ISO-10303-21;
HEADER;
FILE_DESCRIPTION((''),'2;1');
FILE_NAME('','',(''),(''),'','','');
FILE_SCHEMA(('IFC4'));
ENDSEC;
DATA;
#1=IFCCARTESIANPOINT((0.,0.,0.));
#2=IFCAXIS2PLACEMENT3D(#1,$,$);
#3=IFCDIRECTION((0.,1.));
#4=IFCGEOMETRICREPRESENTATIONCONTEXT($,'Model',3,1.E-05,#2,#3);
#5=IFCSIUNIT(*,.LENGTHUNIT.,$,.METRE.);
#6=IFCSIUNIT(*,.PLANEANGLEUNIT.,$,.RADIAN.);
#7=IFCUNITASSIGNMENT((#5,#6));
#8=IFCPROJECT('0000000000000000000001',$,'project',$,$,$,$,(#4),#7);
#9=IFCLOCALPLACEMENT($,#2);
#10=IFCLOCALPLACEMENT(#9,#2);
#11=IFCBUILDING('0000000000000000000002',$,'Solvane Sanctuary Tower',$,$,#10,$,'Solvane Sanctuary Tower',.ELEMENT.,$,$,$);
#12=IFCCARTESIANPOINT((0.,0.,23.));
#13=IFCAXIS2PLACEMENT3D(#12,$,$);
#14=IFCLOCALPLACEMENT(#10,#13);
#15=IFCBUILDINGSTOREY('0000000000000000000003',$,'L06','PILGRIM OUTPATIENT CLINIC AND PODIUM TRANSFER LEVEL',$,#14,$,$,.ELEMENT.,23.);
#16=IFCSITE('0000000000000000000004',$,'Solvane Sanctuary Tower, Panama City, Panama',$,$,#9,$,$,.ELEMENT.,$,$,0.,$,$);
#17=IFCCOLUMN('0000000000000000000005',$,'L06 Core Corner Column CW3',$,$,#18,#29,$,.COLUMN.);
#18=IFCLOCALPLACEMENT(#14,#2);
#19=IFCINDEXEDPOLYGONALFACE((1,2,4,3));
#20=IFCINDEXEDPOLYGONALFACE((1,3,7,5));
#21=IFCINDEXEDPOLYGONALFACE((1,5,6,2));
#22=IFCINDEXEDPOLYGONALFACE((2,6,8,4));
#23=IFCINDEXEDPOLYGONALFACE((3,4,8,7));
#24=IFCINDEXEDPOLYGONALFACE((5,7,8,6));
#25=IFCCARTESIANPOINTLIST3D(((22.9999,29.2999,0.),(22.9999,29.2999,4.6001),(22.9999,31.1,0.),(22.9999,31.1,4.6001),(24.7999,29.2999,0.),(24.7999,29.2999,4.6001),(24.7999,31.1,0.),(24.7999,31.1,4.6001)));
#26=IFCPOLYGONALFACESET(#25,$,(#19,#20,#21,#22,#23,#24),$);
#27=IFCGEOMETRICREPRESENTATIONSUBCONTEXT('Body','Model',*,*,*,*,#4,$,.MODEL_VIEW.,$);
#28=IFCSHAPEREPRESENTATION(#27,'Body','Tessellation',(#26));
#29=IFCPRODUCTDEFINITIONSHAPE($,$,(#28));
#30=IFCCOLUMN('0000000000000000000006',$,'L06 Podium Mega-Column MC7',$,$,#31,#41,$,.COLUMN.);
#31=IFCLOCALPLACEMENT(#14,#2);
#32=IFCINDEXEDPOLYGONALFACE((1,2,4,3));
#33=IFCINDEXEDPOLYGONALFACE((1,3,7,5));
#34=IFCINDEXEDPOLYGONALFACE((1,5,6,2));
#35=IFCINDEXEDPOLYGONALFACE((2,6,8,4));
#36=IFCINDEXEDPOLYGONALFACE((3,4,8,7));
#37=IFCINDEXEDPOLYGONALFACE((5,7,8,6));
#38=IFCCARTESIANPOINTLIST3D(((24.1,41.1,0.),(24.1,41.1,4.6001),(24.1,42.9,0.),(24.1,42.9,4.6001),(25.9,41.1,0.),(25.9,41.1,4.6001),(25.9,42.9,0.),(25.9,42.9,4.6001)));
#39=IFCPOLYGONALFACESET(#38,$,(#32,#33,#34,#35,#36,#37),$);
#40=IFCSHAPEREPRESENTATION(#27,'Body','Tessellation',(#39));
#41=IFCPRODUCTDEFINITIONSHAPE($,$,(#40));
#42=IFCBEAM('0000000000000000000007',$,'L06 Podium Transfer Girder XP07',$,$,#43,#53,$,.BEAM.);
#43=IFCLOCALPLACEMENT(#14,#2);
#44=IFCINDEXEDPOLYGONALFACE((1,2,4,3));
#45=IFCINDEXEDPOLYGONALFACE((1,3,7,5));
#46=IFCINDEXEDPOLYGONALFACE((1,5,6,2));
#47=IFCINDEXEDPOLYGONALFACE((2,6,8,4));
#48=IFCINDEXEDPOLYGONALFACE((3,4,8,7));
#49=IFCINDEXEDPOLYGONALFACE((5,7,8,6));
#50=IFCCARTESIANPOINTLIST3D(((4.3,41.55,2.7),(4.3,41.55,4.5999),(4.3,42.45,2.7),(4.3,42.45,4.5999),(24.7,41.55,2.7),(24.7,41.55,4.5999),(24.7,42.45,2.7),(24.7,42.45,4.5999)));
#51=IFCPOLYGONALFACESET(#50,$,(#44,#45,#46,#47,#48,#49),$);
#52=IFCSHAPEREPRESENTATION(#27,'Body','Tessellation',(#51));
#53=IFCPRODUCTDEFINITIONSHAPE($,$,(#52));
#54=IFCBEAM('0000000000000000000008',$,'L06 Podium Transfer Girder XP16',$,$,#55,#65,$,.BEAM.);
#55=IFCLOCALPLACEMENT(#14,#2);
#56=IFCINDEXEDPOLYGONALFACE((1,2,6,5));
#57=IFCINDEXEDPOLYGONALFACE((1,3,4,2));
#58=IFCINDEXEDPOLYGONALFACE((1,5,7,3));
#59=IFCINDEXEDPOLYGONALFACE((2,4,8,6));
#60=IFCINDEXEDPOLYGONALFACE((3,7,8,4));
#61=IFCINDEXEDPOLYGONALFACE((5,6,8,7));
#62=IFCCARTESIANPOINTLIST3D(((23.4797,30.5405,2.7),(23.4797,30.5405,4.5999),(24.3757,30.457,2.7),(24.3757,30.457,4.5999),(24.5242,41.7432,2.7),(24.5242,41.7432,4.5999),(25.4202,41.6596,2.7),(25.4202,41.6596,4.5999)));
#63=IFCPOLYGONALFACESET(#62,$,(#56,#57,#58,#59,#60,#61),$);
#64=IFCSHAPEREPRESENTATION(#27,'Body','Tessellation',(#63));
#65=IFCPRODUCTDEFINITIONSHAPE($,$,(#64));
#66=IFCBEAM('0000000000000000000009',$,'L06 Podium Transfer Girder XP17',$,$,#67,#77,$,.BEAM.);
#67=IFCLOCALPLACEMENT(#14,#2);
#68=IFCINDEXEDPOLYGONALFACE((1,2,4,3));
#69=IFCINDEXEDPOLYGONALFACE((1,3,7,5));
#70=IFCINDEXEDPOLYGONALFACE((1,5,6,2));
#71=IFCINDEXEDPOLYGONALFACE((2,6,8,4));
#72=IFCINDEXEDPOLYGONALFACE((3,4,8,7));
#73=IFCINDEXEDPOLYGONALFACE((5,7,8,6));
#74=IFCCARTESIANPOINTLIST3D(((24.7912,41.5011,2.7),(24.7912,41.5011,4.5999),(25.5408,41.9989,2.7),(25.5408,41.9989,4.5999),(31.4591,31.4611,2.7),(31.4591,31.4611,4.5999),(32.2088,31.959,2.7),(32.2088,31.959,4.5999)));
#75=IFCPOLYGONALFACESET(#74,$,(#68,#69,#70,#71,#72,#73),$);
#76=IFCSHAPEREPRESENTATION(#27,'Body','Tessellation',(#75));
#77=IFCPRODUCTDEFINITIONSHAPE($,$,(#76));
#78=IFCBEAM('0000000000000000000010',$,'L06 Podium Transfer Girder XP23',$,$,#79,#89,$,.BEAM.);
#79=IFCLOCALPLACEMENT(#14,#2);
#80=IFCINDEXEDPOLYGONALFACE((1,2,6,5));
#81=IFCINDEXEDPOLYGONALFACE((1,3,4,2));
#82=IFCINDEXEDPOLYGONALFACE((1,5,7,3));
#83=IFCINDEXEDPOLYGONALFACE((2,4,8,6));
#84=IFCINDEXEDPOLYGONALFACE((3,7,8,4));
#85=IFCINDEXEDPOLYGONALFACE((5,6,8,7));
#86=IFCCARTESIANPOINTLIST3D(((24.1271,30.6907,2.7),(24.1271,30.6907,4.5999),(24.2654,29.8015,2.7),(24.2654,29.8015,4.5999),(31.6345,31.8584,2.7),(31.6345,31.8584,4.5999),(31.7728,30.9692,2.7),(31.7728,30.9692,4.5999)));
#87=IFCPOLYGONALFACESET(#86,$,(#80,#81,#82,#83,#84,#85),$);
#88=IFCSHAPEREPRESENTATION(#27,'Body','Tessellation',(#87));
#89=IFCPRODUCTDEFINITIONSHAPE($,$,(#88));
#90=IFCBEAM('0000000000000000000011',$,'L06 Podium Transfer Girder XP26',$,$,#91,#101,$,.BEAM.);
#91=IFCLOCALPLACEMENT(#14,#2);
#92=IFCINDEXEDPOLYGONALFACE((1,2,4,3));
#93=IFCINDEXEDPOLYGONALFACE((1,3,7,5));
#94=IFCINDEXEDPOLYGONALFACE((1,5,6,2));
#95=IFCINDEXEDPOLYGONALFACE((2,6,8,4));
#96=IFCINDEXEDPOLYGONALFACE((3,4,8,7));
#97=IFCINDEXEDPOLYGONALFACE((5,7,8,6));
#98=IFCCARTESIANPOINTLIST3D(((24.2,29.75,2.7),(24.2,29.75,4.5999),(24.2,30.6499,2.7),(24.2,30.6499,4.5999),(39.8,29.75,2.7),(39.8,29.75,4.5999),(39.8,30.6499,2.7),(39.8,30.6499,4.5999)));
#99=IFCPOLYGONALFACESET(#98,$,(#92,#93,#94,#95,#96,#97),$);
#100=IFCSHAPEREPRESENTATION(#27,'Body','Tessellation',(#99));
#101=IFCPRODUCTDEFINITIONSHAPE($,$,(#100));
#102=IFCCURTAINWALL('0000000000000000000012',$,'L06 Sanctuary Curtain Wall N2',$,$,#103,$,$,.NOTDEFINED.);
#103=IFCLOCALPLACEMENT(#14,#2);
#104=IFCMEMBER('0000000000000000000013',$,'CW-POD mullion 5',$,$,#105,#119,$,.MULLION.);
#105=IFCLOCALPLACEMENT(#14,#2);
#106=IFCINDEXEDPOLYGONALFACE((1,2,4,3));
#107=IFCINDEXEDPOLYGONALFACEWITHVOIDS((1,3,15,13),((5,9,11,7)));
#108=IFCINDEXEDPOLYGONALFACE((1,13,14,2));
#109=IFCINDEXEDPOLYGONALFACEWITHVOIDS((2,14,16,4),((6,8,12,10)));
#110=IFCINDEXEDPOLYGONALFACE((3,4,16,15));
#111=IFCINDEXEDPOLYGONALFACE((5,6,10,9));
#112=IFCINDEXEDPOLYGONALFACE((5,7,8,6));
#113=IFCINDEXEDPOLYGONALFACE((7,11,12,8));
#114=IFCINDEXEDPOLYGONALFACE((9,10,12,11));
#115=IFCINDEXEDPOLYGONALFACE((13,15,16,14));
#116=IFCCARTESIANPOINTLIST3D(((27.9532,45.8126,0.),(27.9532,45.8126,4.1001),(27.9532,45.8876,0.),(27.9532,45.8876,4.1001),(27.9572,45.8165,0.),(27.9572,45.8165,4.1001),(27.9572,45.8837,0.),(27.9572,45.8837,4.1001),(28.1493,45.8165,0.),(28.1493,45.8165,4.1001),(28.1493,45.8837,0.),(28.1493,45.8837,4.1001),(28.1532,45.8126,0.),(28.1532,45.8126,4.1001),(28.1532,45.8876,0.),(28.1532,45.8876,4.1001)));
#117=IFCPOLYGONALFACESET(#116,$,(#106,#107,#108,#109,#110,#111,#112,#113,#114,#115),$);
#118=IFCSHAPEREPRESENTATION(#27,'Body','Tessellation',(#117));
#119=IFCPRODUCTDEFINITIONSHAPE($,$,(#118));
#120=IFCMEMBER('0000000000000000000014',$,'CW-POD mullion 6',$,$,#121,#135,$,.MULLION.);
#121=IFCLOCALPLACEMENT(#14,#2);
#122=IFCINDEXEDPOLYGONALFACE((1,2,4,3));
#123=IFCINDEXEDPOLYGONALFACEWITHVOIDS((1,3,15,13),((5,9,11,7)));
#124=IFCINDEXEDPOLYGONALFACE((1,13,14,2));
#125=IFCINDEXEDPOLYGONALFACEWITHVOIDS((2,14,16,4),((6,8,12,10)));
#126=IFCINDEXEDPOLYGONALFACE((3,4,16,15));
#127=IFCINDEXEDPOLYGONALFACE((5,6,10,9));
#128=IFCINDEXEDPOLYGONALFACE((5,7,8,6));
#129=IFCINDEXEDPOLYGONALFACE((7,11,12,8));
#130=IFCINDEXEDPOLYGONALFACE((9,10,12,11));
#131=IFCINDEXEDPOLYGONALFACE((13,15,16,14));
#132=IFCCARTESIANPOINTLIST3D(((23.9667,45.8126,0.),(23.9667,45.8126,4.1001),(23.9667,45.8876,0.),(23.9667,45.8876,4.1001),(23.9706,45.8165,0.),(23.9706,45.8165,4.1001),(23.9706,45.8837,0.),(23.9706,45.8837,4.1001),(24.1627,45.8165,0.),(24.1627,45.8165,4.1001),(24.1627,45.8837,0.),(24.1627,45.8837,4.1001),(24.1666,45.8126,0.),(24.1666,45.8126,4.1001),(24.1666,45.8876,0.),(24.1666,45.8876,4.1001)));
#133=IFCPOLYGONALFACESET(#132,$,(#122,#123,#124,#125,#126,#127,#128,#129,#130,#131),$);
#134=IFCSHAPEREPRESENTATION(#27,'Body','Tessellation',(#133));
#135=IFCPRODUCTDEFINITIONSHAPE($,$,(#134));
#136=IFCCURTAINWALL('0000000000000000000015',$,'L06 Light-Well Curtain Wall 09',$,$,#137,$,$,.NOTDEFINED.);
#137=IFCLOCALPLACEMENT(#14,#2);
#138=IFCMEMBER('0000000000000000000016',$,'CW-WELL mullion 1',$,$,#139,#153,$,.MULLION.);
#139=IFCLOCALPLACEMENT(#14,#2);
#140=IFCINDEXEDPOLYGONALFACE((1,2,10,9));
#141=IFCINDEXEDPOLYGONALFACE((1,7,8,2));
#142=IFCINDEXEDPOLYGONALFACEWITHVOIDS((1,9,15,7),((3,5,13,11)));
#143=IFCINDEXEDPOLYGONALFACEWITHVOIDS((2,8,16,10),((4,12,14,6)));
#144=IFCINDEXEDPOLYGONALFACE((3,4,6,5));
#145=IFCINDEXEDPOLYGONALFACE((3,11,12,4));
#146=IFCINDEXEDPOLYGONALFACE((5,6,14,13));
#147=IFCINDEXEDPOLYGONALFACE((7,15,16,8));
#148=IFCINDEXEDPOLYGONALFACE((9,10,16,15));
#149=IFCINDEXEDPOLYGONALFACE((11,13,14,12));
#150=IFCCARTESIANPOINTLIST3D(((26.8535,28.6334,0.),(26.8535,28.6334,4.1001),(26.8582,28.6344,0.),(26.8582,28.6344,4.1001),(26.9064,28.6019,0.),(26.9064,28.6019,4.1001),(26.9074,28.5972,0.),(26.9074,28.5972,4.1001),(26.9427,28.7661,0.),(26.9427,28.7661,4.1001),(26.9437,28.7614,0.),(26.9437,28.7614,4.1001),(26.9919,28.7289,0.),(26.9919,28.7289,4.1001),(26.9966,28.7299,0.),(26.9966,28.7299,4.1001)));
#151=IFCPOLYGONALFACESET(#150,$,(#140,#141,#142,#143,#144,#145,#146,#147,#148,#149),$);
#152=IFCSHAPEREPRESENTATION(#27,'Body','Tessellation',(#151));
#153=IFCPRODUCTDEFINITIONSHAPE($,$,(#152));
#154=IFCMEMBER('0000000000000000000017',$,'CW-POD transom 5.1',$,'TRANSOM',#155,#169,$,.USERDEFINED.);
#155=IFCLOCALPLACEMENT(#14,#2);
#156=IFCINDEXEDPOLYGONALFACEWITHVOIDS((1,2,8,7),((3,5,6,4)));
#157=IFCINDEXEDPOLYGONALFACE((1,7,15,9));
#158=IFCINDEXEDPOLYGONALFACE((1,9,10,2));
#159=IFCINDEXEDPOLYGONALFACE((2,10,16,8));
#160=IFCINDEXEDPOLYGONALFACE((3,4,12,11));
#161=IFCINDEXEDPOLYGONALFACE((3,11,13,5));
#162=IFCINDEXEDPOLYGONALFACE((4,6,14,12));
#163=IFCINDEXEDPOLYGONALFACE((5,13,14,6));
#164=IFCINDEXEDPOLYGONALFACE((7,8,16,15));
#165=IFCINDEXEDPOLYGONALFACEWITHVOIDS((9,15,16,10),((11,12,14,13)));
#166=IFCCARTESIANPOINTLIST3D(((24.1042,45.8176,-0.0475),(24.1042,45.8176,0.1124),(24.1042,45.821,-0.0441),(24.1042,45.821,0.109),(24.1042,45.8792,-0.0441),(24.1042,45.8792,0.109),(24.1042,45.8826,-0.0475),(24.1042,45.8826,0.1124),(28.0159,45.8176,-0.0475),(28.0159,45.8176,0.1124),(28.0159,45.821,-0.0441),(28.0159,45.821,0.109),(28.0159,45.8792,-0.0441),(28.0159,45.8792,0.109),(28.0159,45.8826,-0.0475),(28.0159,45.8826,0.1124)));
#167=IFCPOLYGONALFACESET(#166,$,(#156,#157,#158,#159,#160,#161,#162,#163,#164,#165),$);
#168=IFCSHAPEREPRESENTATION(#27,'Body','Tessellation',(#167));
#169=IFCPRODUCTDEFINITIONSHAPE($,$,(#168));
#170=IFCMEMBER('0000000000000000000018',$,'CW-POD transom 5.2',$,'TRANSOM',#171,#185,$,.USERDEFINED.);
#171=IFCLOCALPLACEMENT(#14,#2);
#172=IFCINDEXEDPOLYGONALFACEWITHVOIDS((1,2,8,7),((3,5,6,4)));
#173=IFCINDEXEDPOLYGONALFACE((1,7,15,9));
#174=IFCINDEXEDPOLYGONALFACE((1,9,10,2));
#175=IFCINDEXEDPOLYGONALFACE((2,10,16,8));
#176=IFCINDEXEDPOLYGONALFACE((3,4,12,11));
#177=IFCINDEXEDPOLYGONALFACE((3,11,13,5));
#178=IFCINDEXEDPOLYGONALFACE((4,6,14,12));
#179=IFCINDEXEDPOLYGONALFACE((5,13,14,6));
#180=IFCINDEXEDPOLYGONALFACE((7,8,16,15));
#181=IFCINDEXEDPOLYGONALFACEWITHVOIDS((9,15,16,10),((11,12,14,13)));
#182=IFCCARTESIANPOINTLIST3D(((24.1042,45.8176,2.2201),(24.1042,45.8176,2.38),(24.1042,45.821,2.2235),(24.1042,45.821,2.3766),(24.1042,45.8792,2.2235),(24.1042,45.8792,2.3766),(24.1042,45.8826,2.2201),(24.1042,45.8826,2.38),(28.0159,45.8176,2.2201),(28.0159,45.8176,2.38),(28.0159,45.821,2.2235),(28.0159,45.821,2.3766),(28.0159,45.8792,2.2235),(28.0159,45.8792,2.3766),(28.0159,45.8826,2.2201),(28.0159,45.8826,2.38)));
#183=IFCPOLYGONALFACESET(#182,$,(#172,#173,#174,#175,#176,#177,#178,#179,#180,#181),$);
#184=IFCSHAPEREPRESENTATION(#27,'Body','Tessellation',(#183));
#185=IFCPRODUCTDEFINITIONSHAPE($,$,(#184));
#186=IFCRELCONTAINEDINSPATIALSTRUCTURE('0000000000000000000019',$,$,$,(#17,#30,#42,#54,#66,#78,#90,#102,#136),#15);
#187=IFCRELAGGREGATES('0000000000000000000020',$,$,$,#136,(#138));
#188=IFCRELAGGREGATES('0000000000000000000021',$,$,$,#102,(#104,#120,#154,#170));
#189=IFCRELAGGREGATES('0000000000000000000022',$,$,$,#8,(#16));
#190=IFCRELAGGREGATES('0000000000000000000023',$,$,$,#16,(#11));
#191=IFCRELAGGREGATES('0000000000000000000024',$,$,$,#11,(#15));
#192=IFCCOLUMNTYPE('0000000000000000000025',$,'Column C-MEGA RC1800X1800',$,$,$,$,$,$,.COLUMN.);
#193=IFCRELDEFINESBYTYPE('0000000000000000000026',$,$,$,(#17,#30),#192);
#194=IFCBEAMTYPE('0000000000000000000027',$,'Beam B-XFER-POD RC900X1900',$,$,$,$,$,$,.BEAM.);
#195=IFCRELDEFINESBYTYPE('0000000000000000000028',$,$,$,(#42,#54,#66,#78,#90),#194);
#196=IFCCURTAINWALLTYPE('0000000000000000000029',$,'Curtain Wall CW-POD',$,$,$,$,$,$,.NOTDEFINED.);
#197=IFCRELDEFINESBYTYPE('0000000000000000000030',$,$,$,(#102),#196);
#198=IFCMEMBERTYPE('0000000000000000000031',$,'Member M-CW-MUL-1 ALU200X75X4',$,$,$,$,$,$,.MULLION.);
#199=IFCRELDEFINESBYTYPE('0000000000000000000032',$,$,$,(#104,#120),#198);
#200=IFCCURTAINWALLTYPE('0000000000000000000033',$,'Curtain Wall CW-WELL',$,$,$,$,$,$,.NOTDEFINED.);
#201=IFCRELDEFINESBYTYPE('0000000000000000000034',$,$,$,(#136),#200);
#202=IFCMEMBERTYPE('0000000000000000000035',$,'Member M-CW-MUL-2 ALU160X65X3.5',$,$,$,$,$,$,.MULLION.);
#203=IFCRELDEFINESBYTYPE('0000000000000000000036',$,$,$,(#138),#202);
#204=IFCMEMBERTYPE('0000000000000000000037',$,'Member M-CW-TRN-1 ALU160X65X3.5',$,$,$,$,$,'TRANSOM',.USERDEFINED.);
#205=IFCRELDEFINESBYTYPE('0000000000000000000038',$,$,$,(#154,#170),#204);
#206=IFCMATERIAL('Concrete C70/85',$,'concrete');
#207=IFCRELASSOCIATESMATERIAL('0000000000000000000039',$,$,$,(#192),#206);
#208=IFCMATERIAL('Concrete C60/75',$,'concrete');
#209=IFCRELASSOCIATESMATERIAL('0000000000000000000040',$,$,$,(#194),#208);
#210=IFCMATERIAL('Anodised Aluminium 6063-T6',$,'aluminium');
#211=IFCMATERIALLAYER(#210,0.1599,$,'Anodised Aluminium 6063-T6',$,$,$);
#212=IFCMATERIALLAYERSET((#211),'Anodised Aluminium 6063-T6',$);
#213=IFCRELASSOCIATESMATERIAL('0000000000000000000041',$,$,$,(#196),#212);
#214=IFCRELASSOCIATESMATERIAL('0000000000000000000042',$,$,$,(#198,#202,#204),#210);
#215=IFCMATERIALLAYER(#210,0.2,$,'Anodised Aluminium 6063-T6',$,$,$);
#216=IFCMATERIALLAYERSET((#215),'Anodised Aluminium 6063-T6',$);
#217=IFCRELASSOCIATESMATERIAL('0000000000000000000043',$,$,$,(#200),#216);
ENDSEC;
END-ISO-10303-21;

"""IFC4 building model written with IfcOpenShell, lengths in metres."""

from ifc_helpers import new_model, si_unit, direction, frame, origin, origin_2d, place, context, subcontext, project, spatial, rectangle, hollow_rectangle, extrude, material, layer, layer_set, material_profile, profile_set, type_object, element, aggregate, save


model = new_model("IFC4")

# Units and contexts
model_context = context("Model", 3, precision=1e-05, world=origin(), true_north=direction((0.0, 1.0)))
body_context = subcontext(model_context, "Body", "Model", "MODEL_VIEW")
ifc_project = project(units=[si_unit("LENGTHUNIT", "METRE"), si_unit("PLANEANGLEUNIT", "RADIAN")], contexts=[model_context])

# Site, building, storey
site_placement = place(None, origin())
site = spatial("IfcSite", under=ifc_project, at=site_placement, Name="Solvane Sanctuary Tower, Panama City, Panama", CompositionType="ELEMENT", RefElevation=0.0)
building_placement = place(site_placement, origin())
building = spatial("IfcBuilding", under=site, at=building_placement, Name="Solvane Sanctuary Tower", LongName="Solvane Sanctuary Tower", CompositionType="ELEMENT")
storey_placement = place(building_placement, frame((0.0, 0.0, 23.0)))
storey = spatial("IfcBuildingStorey", under=building, at=storey_placement, Name="L06", Description="PILGRIM OUTPATIENT CLINIC AND PODIUM TRANSFER LEVEL", CompositionType="ELEMENT", Elevation=23.0)

# Columns
ifc_material_1 = material(Name="Concrete C70/85", Category="concrete")
ifc_material_profile_1 = material_profile(ifc_material_1, rectangle(XDim=1.8, YDim=1.8, at=origin_2d()), Name="RC1800X1800")
ifc_profile_set_1 = profile_set([ifc_material_profile_1], Name="Concrete C70/85")
column_type = type_object("IfcColumnType", Name="Column C-MEGA RC1800X1800", PredefinedType="COLUMN", material=ifc_profile_set_1)
for number, where, z_axis, x_axis, name in (
    (1, (23.8999, 30.2, 0.0), (0.0, 0.0, 1.0), (1.0, 0.0, 0.0), "L06 Core Corner Column CW3"),
    (2, (25.0, 42.0, 0.0), (0.0, 0.0, 1.0), (1.0, 0.0, 0.0), "L06 Podium Mega-Column MC7"),
):
    element("IfcColumn", number, at=place(storey_placement, frame(where, z_axis=z_axis, x_axis=x_axis)), inside=storey, type_object=column_type, Name=name, PredefinedType="COLUMN", context=body_context, shape_type="SweptSolid", body=[
        extrude(rectangle(XDim=1.8, YDim=1.8, at=origin_2d()), origin(), (0.0, 0.0, 1.0), 4.6001),
    ])

# Beams
ifc_material_2 = material(Name="Concrete C60/75", Category="concrete")
ifc_material_profile_2 = material_profile(ifc_material_2, rectangle(XDim=0.8999, YDim=1.8999, at=origin_2d()), Name="RC900X1900")
ifc_profile_set_2 = profile_set([ifc_material_profile_2], Name="Concrete C60/75")
beam_type = type_object("IfcBeamType", Name="Beam B-XFER-POD RC900X1900", PredefinedType="BEAM", material=ifc_profile_set_2)
beam_1_placement = place(storey_placement, frame((24.7, 42.0, 3.6499), z_axis=(-1.0, 0.0, 0.0), x_axis=(0.0, -1.0, 0.0)))
element("IfcBeam", 3, at=beam_1_placement, inside=storey, type_object=beam_type, Name="L06 Podium Transfer Girder XP07", PredefinedType="BEAM", context=body_context, shape_type="SweptSolid", body=[
    extrude(rectangle(XDim=0.8999, YDim=1.8999, at=origin_2d()), origin(), (0.0, 0.0, 1.0), 20.3999),
])
beam_2_placement = place(storey_placement, frame((24.9722, 41.7014, 3.6499), z_axis=(-0.092828, -0.995682, 0.0), x_axis=(0.995682, -0.092828, 0.0)))
element("IfcBeam", 4, at=beam_2_placement, inside=storey, type_object=beam_type, Name="L06 Podium Transfer Girder XP16", PredefinedType="BEAM", context=body_context, shape_type="SweptSolid", body=[
    extrude(rectangle(XDim=0.8999, YDim=1.8999, at=origin_2d()), origin(), (0.0, 0.0, 1.0), 11.2512),
])
beam_3_placement = place(storey_placement, frame((25.166, 41.75, 3.6499), z_axis=(0.553241, -0.833021, 0.0), x_axis=(0.833021, 0.553241, 0.0)))
element("IfcBeam", 5, at=beam_3_placement, inside=storey, type_object=beam_type, Name="L06 Podium Transfer Girder XP17", PredefinedType="BEAM", context=body_context, shape_type="SweptSolid", body=[
    extrude(rectangle(XDim=0.8999, YDim=1.8999, at=origin_2d()), origin(), (0.0, 0.0, 1.0), 12.0525),
])
beam_4_placement = place(storey_placement, frame((24.1963, 30.2461, 3.6499), z_axis=(0.988118, 0.153697, 0.0), x_axis=(-0.153697, 0.988118, 0.0)))
element("IfcBeam", 6, at=beam_4_placement, inside=storey, type_object=beam_type, Name="L06 Podium Transfer Girder XP23", PredefinedType="BEAM", context=body_context, shape_type="SweptSolid", body=[
    extrude(rectangle(XDim=0.8999, YDim=1.8999, at=origin_2d()), origin(), (0.0, 0.0, 1.0), 7.5977),
])
beam_5_placement = place(storey_placement, frame((24.2, 30.2, 3.6499), z_axis=(1.0, 0.0, 0.0), x_axis=(0.0, 1.0, 0.0)))
element("IfcBeam", 7, at=beam_5_placement, inside=storey, type_object=beam_type, Name="L06 Podium Transfer Girder XP26", PredefinedType="BEAM", context=body_context, shape_type="SweptSolid", body=[
    extrude(rectangle(XDim=0.8999, YDim=1.8999, at=origin_2d()), origin(), (0.0, 0.0, 1.0), 15.6001),
])

# Curtain wall, members
ifc_material_3 = material(Name="Anodised Aluminium 6063-T6", Category="aluminium")
ifc_layer_1 = layer(ifc_material_3, 0.1599, Name="Anodised Aluminium 6063-T6")
ifc_layer_set_1 = layer_set([ifc_layer_1], Name="Anodised Aluminium 6063-T6")
curtain_wall_type_1 = type_object("IfcCurtainWallType", Name="Curtain Wall CW-POD", PredefinedType="NOTDEFINED", material=ifc_layer_set_1)
curtain_wall_1_placement = place(storey_placement, origin())
curtain_wall_1 = element("IfcCurtainWall", 8, at=curtain_wall_1_placement, inside=storey, type_object=curtain_wall_type_1, Name="L06 Sanctuary Curtain Wall N2", PredefinedType="NOTDEFINED")
ifc_material_profile_3 = material_profile(ifc_material_3, hollow_rectangle(XDim=0.075, YDim=0.2, WallThickness=0.0039, at=origin_2d()), Name="ALU200X75X4")
ifc_profile_set_3 = profile_set([ifc_material_profile_3], Name="Anodised Aluminium 6063-T6")
member_type_1 = type_object("IfcMemberType", Name="Member M-CW-MUL-1 ALU200X75X4", PredefinedType="MULLION", material=ifc_profile_set_3)
member_1_placement = place(storey_placement, frame((28.0532, 45.8501, 0.0), z_axis=(0.0, 0.0, 1.0), x_axis=(0.0, -1.0, 0.0)))
member_1 = element("IfcMember", 9, at=member_1_placement, type_object=member_type_1, Name="CW-POD mullion 5", PredefinedType="MULLION", context=body_context, shape_type="SweptSolid", body=[
    extrude(hollow_rectangle(XDim=0.075, YDim=0.2, WallThickness=0.0039, at=origin_2d()), origin(), (0.0, 0.0, 1.0), 4.1001),
])
member_2_placement = place(storey_placement, frame((24.0667, 45.8501, 0.0), z_axis=(0.0, 0.0, 1.0), x_axis=(0.0, -1.0, 0.0)))
member_2 = element("IfcMember", 10, at=member_2_placement, type_object=member_type_1, Name="CW-POD mullion 6", PredefinedType="MULLION", context=body_context, shape_type="SweptSolid", body=[
    extrude(hollow_rectangle(XDim=0.075, YDim=0.2, WallThickness=0.0039, at=origin_2d()), origin(), (0.0, 0.0, 1.0), 4.1001),
])

# Curtain wall, member
ifc_layer_2 = layer(ifc_material_3, 0.2, Name="Anodised Aluminium 6063-T6")
ifc_layer_set_2 = layer_set([ifc_layer_2], Name="Anodised Aluminium 6063-T6")
curtain_wall_type_2 = type_object("IfcCurtainWallType", Name="Curtain Wall CW-WELL", PredefinedType="NOTDEFINED", material=ifc_layer_set_2)
curtain_wall_2_placement = place(storey_placement, origin())
curtain_wall_2 = element("IfcCurtainWall", 11, at=curtain_wall_2_placement, inside=storey, type_object=curtain_wall_type_2, Name="L06 Light-Well Curtain Wall 09", PredefinedType="NOTDEFINED")
ifc_material_profile_4 = material_profile(ifc_material_3, hollow_rectangle(XDim=0.0649, YDim=0.1599, WallThickness=0.0034, at=origin_2d()), Name="ALU160X65X3.5")
ifc_profile_set_4 = profile_set([ifc_material_profile_4], Name="Anodised Aluminium 6063-T6")
member_type_2 = type_object("IfcMemberType", Name="Member M-CW-MUL-2 ALU160X65X3.5", PredefinedType="MULLION", material=ifc_profile_set_4)
member_3_placement = place(storey_placement, frame((26.925, 28.6816, 0.0), z_axis=(0.0, 0.0, 1.0), x_axis=(0.829664, -0.558263, 0.0)))
member_3 = element("IfcMember", 12, at=member_3_placement, type_object=member_type_2, Name="CW-WELL mullion 1", PredefinedType="MULLION", context=body_context, shape_type="SweptSolid", body=[
    extrude(hollow_rectangle(XDim=0.0649, YDim=0.1599, WallThickness=0.0034, at=origin_2d()), origin(), (0.0, 0.0, 1.0), 4.1001),
])
aggregate(curtain_wall_2, [member_3])

# Members
ifc_material_profile_5 = material_profile(ifc_material_3, hollow_rectangle(XDim=0.0649, YDim=0.1599, WallThickness=0.0034, at=origin_2d()), Name="ALU160X65X3.5")
ifc_profile_set_5 = profile_set([ifc_material_profile_5], Name="Anodised Aluminium 6063-T6")
member_type_3 = type_object("IfcMemberType", Name="Member M-CW-TRN-1 ALU160X65X3.5", ElementType="TRANSOM", PredefinedType="USERDEFINED", material=ifc_profile_set_5)
member_4_placement = place(storey_placement, frame((28.0159, 45.8501, 0.0325), z_axis=(-1.0, 0.0, 0.0), x_axis=(0.0, -1.0, 0.0)))
member_4 = element("IfcMember", 13, at=member_4_placement, type_object=member_type_3, Name="CW-POD transom 5.1", ObjectType="TRANSOM", PredefinedType="USERDEFINED", context=body_context, shape_type="SweptSolid", body=[
    extrude(hollow_rectangle(XDim=0.0649, YDim=0.1599, WallThickness=0.0034, at=origin_2d()), origin(), (0.0, 0.0, 1.0), 3.9116),
])
member_5_placement = place(storey_placement, frame((28.0159, 45.8501, 2.3), z_axis=(-1.0, 0.0, 0.0), x_axis=(0.0, -1.0, 0.0)))
member_5 = element("IfcMember", 14, at=member_5_placement, type_object=member_type_3, Name="CW-POD transom 5.2", ObjectType="TRANSOM", PredefinedType="USERDEFINED", context=body_context, shape_type="SweptSolid", body=[
    extrude(hollow_rectangle(XDim=0.0649, YDim=0.1599, WallThickness=0.0034, at=origin_2d()), origin(), (0.0, 0.0, 1.0), 3.9116),
])

aggregate(curtain_wall_1, [member_1, member_2, member_4, member_5])

save(model, "model.ifc")
